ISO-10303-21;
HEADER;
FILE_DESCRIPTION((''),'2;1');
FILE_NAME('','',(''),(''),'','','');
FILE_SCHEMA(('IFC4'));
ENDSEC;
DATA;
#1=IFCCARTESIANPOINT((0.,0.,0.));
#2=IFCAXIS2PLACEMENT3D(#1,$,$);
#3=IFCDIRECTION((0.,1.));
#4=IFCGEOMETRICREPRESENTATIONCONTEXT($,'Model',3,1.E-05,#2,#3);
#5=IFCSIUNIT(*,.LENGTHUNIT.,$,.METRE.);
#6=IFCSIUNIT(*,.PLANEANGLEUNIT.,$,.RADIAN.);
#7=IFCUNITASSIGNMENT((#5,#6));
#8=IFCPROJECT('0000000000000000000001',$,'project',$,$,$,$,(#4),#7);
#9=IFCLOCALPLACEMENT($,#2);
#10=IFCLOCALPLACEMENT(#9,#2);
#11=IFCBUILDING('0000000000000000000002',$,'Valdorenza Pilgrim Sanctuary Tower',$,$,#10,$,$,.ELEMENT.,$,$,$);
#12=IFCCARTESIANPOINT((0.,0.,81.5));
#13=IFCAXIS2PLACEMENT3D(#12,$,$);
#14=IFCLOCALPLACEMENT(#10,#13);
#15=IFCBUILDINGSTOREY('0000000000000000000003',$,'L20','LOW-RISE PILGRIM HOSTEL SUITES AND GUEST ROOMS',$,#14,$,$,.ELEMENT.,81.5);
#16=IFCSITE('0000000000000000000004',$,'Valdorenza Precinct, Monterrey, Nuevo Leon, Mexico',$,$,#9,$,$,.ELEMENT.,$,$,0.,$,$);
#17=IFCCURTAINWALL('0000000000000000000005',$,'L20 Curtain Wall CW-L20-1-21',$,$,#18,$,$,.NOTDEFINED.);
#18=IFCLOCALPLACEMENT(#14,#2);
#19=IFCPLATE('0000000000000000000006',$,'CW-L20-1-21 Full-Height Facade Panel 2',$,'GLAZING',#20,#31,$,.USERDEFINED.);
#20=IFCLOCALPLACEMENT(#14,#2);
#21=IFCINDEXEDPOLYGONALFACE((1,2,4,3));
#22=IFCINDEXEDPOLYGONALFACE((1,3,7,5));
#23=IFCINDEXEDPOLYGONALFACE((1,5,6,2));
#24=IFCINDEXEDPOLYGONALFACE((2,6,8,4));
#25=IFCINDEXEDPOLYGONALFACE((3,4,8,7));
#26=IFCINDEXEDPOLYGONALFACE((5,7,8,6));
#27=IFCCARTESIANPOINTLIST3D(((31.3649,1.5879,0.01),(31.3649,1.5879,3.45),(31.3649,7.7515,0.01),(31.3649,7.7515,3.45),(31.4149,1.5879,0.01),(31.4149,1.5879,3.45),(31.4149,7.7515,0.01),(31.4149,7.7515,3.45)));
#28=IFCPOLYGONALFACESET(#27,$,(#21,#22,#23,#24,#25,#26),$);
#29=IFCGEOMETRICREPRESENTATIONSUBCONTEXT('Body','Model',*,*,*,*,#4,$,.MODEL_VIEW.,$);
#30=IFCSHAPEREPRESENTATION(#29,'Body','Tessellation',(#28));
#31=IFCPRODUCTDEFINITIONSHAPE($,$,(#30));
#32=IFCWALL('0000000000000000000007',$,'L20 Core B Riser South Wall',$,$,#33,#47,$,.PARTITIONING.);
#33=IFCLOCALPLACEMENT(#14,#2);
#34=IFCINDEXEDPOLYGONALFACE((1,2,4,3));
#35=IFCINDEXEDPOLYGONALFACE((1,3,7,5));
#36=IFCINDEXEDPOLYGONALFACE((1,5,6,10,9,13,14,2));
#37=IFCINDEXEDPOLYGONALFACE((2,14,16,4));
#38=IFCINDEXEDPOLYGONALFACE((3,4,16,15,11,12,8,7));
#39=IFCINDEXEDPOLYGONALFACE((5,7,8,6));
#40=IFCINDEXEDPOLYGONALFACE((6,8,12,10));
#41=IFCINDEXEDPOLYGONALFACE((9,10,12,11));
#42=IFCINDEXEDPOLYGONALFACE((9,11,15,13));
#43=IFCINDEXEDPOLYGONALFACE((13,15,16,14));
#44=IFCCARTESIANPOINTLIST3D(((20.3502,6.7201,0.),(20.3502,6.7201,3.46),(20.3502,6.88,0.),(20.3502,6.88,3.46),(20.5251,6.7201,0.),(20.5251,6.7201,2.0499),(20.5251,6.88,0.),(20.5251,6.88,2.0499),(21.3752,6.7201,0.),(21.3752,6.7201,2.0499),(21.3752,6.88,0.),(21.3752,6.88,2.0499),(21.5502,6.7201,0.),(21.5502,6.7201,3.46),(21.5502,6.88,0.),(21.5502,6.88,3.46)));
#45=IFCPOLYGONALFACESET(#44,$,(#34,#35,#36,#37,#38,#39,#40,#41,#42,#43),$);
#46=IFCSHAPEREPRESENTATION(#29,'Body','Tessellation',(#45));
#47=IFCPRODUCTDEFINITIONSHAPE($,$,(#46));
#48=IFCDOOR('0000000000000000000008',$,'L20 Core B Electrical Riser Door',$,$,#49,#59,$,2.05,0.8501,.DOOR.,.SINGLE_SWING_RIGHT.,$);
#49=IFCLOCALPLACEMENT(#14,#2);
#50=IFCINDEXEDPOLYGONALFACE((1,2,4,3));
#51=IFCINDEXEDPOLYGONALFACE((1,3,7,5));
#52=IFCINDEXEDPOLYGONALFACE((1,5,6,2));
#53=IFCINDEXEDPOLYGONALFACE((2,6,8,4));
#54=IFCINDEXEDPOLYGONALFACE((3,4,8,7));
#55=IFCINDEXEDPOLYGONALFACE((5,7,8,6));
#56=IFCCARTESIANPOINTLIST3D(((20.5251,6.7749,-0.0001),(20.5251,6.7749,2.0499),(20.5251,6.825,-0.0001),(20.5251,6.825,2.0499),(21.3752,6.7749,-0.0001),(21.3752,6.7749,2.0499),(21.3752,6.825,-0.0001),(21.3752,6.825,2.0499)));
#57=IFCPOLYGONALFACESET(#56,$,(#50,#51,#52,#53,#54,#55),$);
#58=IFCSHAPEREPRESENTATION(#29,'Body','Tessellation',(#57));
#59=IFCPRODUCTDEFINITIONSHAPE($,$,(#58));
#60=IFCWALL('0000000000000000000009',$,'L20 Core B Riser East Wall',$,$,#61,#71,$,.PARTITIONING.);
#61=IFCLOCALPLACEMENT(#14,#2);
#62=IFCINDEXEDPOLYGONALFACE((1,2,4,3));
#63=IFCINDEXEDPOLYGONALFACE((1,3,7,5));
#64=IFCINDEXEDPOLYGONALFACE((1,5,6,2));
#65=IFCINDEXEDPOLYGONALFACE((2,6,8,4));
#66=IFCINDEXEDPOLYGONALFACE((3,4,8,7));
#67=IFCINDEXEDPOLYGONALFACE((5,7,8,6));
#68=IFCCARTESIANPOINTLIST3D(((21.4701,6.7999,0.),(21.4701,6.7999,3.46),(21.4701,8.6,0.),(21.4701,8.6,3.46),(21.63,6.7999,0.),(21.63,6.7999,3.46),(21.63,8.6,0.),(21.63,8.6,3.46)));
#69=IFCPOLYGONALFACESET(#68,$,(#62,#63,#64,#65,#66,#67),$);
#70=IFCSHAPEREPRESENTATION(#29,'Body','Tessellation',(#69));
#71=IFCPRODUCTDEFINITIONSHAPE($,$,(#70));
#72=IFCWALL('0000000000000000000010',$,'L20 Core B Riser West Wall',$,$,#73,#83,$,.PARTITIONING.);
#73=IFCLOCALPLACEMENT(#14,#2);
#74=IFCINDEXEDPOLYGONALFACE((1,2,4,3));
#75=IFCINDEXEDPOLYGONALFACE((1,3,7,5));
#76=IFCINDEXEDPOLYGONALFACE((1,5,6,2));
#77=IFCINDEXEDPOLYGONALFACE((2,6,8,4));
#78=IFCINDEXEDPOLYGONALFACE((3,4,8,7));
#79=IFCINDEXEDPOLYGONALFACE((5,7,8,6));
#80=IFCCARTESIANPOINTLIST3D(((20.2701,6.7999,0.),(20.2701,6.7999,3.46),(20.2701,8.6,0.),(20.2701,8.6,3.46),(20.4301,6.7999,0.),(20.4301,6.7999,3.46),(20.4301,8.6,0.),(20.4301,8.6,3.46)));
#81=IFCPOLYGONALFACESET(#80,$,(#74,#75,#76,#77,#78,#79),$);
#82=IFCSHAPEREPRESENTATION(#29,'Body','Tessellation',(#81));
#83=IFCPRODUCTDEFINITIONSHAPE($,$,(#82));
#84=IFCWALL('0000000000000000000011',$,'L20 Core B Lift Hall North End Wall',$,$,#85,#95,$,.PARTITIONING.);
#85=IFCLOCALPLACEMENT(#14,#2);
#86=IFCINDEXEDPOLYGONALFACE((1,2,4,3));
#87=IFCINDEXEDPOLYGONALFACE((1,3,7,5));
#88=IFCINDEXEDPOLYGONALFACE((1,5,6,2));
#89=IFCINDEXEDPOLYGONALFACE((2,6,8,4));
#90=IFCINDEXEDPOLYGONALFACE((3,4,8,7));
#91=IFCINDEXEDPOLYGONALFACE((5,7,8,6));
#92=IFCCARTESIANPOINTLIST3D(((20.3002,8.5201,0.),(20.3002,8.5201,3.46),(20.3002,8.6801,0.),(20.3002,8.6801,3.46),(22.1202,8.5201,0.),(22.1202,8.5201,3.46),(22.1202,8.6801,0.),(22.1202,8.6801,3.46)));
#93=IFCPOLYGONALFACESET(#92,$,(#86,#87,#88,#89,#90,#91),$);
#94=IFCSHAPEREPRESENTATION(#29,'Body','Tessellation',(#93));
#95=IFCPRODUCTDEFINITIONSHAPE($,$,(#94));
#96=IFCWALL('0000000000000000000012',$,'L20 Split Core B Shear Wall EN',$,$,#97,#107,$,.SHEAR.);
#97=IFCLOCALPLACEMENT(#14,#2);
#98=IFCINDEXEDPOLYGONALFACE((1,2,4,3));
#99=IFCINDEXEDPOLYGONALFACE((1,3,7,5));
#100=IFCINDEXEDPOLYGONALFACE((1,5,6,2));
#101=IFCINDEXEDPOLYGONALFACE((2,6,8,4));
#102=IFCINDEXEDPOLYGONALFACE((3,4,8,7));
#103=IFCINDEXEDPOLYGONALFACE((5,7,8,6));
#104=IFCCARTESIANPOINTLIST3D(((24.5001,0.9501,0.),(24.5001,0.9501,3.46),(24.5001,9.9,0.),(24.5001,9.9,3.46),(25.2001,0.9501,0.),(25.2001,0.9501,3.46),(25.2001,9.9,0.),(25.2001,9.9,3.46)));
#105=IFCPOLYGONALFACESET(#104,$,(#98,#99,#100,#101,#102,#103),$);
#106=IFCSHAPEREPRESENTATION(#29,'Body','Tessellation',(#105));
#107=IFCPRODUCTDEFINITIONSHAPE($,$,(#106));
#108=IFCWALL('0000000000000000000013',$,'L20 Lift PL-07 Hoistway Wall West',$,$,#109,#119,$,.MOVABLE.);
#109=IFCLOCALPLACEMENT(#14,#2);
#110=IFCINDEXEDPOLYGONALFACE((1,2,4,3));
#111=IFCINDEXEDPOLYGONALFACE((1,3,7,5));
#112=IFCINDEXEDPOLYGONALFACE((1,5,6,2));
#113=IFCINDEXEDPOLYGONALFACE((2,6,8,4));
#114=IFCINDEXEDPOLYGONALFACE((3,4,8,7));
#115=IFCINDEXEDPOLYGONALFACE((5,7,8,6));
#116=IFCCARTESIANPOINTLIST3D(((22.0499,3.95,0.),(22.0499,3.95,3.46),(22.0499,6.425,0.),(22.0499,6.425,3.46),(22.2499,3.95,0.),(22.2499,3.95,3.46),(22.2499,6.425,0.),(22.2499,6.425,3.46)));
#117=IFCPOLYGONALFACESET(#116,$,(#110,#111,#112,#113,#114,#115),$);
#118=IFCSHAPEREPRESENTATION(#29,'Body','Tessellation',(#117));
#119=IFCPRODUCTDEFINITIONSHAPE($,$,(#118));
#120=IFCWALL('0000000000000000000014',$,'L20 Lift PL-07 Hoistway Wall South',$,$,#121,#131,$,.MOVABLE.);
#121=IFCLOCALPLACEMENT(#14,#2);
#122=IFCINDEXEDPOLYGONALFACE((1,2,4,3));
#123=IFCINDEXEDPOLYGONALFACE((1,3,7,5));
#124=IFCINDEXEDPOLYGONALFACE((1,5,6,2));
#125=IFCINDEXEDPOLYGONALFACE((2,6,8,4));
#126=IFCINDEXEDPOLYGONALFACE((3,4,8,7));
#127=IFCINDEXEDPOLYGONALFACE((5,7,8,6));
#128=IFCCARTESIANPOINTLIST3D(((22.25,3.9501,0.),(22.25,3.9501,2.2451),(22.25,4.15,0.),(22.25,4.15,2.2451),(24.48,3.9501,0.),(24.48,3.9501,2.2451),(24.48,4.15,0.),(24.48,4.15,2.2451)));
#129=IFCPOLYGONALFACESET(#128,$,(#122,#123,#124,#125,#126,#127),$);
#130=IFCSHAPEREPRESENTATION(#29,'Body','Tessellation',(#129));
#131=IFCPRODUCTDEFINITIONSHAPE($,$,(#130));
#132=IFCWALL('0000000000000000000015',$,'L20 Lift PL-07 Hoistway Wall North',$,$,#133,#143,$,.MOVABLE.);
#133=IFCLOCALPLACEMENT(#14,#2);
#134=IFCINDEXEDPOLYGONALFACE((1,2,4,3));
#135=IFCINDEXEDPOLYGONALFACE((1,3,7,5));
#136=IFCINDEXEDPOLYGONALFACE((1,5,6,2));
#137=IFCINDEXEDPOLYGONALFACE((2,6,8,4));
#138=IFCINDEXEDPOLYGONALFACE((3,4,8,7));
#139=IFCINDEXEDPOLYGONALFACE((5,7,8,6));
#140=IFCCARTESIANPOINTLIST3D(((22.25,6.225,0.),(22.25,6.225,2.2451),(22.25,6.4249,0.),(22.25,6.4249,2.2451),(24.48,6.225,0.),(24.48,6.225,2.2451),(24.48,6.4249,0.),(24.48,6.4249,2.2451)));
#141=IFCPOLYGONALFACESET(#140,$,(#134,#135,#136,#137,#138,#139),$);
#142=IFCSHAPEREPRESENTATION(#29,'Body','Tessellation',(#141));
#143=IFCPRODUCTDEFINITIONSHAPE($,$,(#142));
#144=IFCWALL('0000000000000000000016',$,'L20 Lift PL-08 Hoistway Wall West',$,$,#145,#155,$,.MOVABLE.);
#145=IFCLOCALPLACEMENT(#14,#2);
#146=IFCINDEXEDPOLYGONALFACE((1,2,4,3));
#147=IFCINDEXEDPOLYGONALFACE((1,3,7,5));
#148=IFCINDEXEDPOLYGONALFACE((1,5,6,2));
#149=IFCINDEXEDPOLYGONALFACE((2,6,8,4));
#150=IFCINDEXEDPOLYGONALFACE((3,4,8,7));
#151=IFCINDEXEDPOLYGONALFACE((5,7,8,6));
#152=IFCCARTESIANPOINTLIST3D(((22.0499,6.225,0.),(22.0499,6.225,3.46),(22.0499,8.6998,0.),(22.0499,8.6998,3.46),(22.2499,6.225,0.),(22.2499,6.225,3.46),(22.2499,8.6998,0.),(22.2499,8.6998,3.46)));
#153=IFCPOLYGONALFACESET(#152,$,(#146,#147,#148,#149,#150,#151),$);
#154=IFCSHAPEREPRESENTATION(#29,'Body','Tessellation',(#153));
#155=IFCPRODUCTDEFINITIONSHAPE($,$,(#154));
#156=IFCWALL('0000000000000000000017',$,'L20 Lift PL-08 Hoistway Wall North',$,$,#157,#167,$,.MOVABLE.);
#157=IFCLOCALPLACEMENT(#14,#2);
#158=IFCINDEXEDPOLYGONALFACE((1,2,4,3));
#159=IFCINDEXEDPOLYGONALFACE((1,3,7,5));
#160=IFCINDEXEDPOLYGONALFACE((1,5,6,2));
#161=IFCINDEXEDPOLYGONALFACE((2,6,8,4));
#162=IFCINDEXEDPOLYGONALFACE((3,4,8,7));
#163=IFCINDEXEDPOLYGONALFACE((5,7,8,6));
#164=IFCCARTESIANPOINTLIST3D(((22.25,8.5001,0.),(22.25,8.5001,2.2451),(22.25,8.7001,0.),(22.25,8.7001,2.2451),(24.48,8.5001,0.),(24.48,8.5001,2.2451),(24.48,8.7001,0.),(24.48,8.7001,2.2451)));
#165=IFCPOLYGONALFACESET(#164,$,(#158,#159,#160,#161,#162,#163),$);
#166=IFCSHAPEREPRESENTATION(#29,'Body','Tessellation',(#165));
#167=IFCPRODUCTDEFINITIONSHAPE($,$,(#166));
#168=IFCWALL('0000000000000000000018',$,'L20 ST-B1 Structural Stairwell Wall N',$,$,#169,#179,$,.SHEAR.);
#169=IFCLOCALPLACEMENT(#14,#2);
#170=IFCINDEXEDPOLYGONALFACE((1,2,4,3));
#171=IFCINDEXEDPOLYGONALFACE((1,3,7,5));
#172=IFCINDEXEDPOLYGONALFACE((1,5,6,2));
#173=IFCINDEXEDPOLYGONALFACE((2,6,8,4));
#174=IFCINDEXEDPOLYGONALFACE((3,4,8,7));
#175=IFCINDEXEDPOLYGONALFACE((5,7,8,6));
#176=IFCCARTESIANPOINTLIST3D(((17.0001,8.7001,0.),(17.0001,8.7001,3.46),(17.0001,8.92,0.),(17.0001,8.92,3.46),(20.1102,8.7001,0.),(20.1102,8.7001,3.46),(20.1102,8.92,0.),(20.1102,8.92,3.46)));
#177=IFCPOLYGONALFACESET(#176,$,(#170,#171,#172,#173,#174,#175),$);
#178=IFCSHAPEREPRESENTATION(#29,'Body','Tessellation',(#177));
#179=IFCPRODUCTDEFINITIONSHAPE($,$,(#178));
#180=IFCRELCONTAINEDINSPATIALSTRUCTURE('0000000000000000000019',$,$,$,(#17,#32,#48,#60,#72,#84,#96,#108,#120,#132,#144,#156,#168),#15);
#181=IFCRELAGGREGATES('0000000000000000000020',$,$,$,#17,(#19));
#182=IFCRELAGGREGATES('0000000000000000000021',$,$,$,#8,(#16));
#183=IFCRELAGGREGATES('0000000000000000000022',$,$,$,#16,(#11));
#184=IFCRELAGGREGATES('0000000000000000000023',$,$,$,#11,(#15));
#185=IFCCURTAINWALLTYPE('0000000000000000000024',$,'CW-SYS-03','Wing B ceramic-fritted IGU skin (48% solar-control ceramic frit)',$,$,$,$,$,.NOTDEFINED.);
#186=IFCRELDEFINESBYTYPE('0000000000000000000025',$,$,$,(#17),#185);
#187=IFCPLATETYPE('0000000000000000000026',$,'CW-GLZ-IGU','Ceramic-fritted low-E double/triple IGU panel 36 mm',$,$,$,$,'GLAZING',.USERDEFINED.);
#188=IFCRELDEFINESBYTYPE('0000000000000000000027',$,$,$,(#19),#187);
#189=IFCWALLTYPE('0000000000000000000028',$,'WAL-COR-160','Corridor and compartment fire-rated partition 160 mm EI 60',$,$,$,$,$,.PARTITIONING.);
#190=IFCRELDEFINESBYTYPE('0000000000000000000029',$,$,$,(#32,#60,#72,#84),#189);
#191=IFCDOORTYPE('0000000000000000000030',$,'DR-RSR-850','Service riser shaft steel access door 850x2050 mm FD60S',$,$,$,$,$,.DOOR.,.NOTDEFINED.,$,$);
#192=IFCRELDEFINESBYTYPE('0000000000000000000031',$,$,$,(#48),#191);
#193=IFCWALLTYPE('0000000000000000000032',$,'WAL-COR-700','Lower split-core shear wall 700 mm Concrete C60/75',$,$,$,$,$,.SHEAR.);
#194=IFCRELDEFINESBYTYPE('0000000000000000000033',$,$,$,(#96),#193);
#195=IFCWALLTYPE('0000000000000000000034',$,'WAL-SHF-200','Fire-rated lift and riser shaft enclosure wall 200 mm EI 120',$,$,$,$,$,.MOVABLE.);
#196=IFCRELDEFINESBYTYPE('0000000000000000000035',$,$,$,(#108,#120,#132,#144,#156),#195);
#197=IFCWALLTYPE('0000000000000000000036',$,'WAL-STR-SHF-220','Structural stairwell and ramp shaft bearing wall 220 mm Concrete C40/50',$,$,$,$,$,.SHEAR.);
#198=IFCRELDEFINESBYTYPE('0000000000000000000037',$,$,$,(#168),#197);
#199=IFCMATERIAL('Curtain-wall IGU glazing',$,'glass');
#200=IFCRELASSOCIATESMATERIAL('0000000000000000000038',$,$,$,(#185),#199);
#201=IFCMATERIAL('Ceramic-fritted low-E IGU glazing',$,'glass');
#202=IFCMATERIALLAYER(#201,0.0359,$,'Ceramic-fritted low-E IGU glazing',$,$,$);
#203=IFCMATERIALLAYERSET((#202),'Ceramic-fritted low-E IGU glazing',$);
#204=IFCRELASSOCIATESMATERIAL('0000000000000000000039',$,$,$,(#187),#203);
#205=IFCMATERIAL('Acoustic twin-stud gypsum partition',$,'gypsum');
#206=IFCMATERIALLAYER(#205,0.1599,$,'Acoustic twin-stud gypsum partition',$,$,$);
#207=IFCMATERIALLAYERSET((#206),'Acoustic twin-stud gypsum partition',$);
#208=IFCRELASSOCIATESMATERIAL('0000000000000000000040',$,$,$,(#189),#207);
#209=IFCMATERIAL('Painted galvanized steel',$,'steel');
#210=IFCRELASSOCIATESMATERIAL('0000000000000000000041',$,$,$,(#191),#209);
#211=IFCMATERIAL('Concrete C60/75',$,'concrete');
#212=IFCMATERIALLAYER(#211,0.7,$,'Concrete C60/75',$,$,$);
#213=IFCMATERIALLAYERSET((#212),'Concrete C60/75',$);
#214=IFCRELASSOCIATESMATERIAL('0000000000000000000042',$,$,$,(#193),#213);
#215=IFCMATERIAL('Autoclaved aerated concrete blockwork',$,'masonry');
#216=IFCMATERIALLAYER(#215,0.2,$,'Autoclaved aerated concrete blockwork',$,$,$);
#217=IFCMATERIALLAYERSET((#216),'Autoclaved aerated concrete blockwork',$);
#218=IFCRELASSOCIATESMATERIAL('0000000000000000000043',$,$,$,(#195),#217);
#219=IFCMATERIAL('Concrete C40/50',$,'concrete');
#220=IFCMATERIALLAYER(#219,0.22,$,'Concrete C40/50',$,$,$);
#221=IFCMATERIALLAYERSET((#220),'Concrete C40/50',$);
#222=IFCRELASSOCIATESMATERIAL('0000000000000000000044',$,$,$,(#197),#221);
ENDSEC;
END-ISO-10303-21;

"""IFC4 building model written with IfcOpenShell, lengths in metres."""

from ifc_helpers import new_model, si_unit, direction, frame, frame_2d, origin, origin_2d, place, context, subcontext, project, spatial, rectangle, extrude, source, transform, mapped, material, layer, layer_set, type_object, element, fill, aggregate, save


model = new_model("IFC4")

# Units and contexts
model_context = context("Model", 3, precision=1e-05, world=origin(), true_north=direction((0.0, 1.0)))
body_context = subcontext(model_context, "Body", "Model", "MODEL_VIEW")
ifc_project = project(units=[si_unit("LENGTHUNIT", "METRE"), si_unit("PLANEANGLEUNIT", "RADIAN")], contexts=[model_context])

# Site, building, storey
site_placement = place(None, origin())
site = spatial("IfcSite", under=ifc_project, at=site_placement, Name="Valdorenza Precinct, Monterrey, Nuevo Leon, Mexico", CompositionType="ELEMENT", RefElevation=0.0)
building_placement = place(site_placement, origin())
building = spatial("IfcBuilding", under=site, at=building_placement, Name="Valdorenza Pilgrim Sanctuary Tower", CompositionType="ELEMENT")
storey_placement = place(building_placement, frame((0.0, 0.0, 81.5)))
storey = spatial("IfcBuildingStorey", under=building, at=storey_placement, Name="L20", Description="LOW-RISE PILGRIM HOSTEL SUITES AND GUEST ROOMS", CompositionType="ELEMENT", Elevation=81.5)

# Curtain wall, plate
ifc_material_1 = material(Name="Curtain-wall IGU glazing", Category="glass")
curtain_wall_type = type_object("IfcCurtainWallType", Name="CW-SYS-03", Description="Wing B ceramic-fritted IGU skin (48% solar-control ceramic frit)", PredefinedType="NOTDEFINED", material=ifc_material_1)
curtain_wall_placement = place(storey_placement, origin())
curtain_wall = element("IfcCurtainWall", 1, at=curtain_wall_placement, inside=storey, type_object=curtain_wall_type, Name="L20 Curtain Wall CW-L20-1-21", PredefinedType="NOTDEFINED")
ifc_material_2 = material(Name="Ceramic-fritted low-E IGU glazing", Category="glass")
ifc_layer_1 = layer(ifc_material_2, 0.0359, Name="Ceramic-fritted low-E IGU glazing")
ifc_layer_set_1 = layer_set([ifc_layer_1], Name="Ceramic-fritted low-E IGU glazing")
plate_type = type_object("IfcPlateType", Name="CW-GLZ-IGU", Description="Ceramic-fritted low-E double/triple IGU panel 36 mm", ElementType="GLAZING", PredefinedType="USERDEFINED", material=ifc_layer_set_1)
shared_shape_1 = source(origin(), body_context, "Body", "SweptSolid", [
    extrude(rectangle(XDim=6.1636, YDim=0.05, at=origin_2d()), origin(), (0.0, 0.0, 1.0), 3.4399),
])
plate_placement = place(storey_placement, frame((31.3899, 4.6697, 0.01), z_axis=(0.0, 0.0, 1.0), x_axis=(0.0, -1.0, 0.0)))
plate = element("IfcPlate", 2, at=plate_placement, type_object=plate_type, Name="CW-L20-1-21 Full-Height Facade Panel 2", ObjectType="GLAZING", PredefinedType="USERDEFINED", context=body_context, shape_type="MappedRepresentation", body=[
    mapped(shared_shape_1, transform((0.0, 0.0, 0.0), x_axis=(1.0, 0.0, 0.0), y_axis=(0.0, 1.0, 0.0), z_axis=(0.0, 0.0, 1.0), scale=1.0)),
])
aggregate(curtain_wall, [plate])

# Wall, opening, door
ifc_material_3 = material(Name="Acoustic twin-stud gypsum partition", Category="gypsum")
ifc_layer_2 = layer(ifc_material_3, 0.1599, Name="Acoustic twin-stud gypsum partition")
ifc_layer_set_2 = layer_set([ifc_layer_2], Name="Acoustic twin-stud gypsum partition")
wall_type_1 = type_object("IfcWallType", Name="WAL-COR-160", Description="Corridor and compartment fire-rated partition 160 mm EI 60", PredefinedType="PARTITIONING", material=ifc_layer_set_2)
wall_1_placement = place(storey_placement, frame((20.3501, 6.8, 0.0), z_axis=(0.0, 0.0, 1.0), x_axis=(1.0, 0.0, 0.0)))
wall_1 = element("IfcWall", 3, at=wall_1_placement, inside=storey, type_object=wall_type_1, Name="L20 Core B Riser South Wall", PredefinedType="PARTITIONING", context=body_context, shape_type="SweptSolid", body=[
    extrude(rectangle(XDim=1.2, YDim=0.1599, at=frame_2d((0.6001, 0.0))), origin(), (0.0, 0.0, 1.0), 3.46),
])
opening_1_placement = place(wall_1_placement, frame((0.175, 0.0, 0.0)))
opening_1 = element("IfcOpeningElement", 4, at=opening_1_placement, cuts=wall_1, PredefinedType="OPENING", context=body_context, shape_type="SweptSolid", body=[
    extrude(rectangle(XDim=0.8501, YDim=2.05, at=frame_2d((0.425, 1.0249))), frame((0.0, 0.0947, 0.0), z_axis=(0.0, -1.0, 0.0), x_axis=(1.0, 0.0, 0.0)), (0.0, 0.0, 1.0), 0.1897),
])
ifc_material_4 = material(Name="Painted galvanized steel", Category="steel")
door_type_1 = type_object("IfcDoorType", Name="DR-RSR-850", Description="Service riser shaft steel access door 850x2050 mm FD60S", OperationType="NOTDEFINED", PredefinedType="DOOR", material=ifc_material_4)
door_1_placement = place(opening_1_placement, origin())
door_1 = element("IfcDoor", 5, at=door_1_placement, inside=storey, type_object=door_type_1, Name="L20 Core B Electrical Riser Door", OperationType="SINGLE_SWING_RIGHT", OverallHeight=2.05, OverallWidth=0.8501, PredefinedType="DOOR", context=body_context, shape_type="SweptSolid", body=[
    extrude(rectangle(XDim=0.8501, YDim=2.05, at=frame_2d((0.425, 1.0249))), frame((0.0, 0.0249, 0.0), z_axis=(0.0, -1.0, 0.0), x_axis=(1.0, 0.0, 0.0)), (0.0, 0.0, 1.0), 0.05),
])
fill(opening_1, door_1)

# Walls
for number, where, z_axis, x_axis, name in (
    (6, (21.55, 6.8, 0.0), (0.0, 0.0, 1.0), (0.0, 1.0, 0.0), "L20 Core B Riser East Wall"),
    (7, (20.3501, 6.8, 0.0), (0.0, 0.0, 1.0), (0.0, 1.0, 0.0), "L20 Core B Riser West Wall"),
):
    element("IfcWall", number, at=place(storey_placement, frame(where, z_axis=z_axis, x_axis=x_axis)), inside=storey, type_object=wall_type_1, Name=name, PredefinedType="PARTITIONING", context=body_context, shape_type="SweptSolid", body=[
        extrude(rectangle(XDim=1.8, YDim=0.1599, at=frame_2d((0.8999, 0.0))), origin(), (0.0, 0.0, 1.0), 3.46),
    ])
wall_2_placement = place(storey_placement, frame((20.3, 8.6001, 0.0), z_axis=(0.0, 0.0, 1.0), x_axis=(1.0, 0.0, 0.0)))
element("IfcWall", 8, at=wall_2_placement, inside=storey, type_object=wall_type_1, Name="L20 Core B Lift Hall North End Wall", PredefinedType="PARTITIONING", context=body_context, shape_type="SweptSolid", body=[
    extrude(rectangle(XDim=1.8201, YDim=0.1599, at=frame_2d((0.9102, 0.0))), origin(), (0.0, 0.0, 1.0), 3.46),
])
ifc_material_5 = material(Name="Concrete C60/75", Category="concrete")
ifc_layer_3 = layer(ifc_material_5, 0.7, Name="Concrete C60/75")
ifc_layer_set_3 = layer_set([ifc_layer_3], Name="Concrete C60/75")
wall_type_2 = type_object("IfcWallType", Name="WAL-COR-700", Description="Lower split-core shear wall 700 mm Concrete C60/75", PredefinedType="SHEAR", material=ifc_layer_set_3)
wall_3_placement = place(storey_placement, frame((24.8501, 0.95, 0.0), z_axis=(0.0, 0.0, 1.0), x_axis=(0.0, 1.0, 0.0)))
element("IfcWall", 9, at=wall_3_placement, inside=storey, type_object=wall_type_2, Name="L20 Split Core B Shear Wall EN", PredefinedType="SHEAR", context=body_context, shape_type="SweptSolid", body=[
    extrude(rectangle(XDim=8.95, YDim=0.7, at=frame_2d((4.4751, 0.0))), origin(), (0.0, 0.0, 1.0), 3.46),
])
ifc_material_6 = material(Name="Autoclaved aerated concrete blockwork", Category="masonry")
ifc_layer_4 = layer(ifc_material_6, 0.2, Name="Autoclaved aerated concrete blockwork")
ifc_layer_set_4 = layer_set([ifc_layer_4], Name="Autoclaved aerated concrete blockwork")
wall_type_3 = type_object("IfcWallType", Name="WAL-SHF-200", Description="Fire-rated lift and riser shaft enclosure wall 200 mm EI 120", PredefinedType="MOVABLE", material=ifc_layer_set_4)
wall_4_placement = place(storey_placement, frame((22.1499, 3.95, 0.0), z_axis=(0.0, 0.0, 1.0), x_axis=(0.0, 1.0, 0.0)))
element("IfcWall", 10, at=wall_4_placement, inside=storey, type_object=wall_type_3, Name="L20 Lift PL-07 Hoistway Wall West", PredefinedType="MOVABLE", context=body_context, shape_type="SweptSolid", body=[
    extrude(rectangle(XDim=2.4751, YDim=0.2, at=frame_2d((1.2375, 0.0))), origin(), (0.0, 0.0, 1.0), 3.46),
])
for number, where, z_axis, x_axis, name in (
    (11, (22.25, 4.05, 0.0), (0.0, 0.0, 1.0), (1.0, 0.0, 0.0), "L20 Lift PL-07 Hoistway Wall South"),
    (12, (22.25, 6.325, 0.0), (0.0, 0.0, 1.0), (1.0, 0.0, 0.0), "L20 Lift PL-07 Hoistway Wall North"),
):
    element("IfcWall", number, at=place(storey_placement, frame(where, z_axis=z_axis, x_axis=x_axis)), inside=storey, type_object=wall_type_3, Name=name, PredefinedType="MOVABLE", context=body_context, shape_type="SweptSolid", body=[
        extrude(rectangle(XDim=2.23, YDim=0.2, at=frame_2d((1.115, 0.0))), origin(), (0.0, 0.0, 1.0), 2.2451),
    ])
wall_5_placement = place(storey_placement, frame((22.1499, 6.2251, 0.0), z_axis=(0.0, 0.0, 1.0), x_axis=(0.0, 1.0, 0.0)))
element("IfcWall", 13, at=wall_5_placement, inside=storey, type_object=wall_type_3, Name="L20 Lift PL-08 Hoistway Wall West", PredefinedType="MOVABLE", context=body_context, shape_type="SweptSolid", body=[
    extrude(rectangle(XDim=2.4749, YDim=0.2, at=frame_2d((1.2373, 0.0))), origin(), (0.0, 0.0, 1.0), 3.46),
])
wall_6_placement = place(storey_placement, frame((22.25, 8.6001, 0.0), z_axis=(0.0, 0.0, 1.0), x_axis=(1.0, 0.0, 0.0)))
element("IfcWall", 14, at=wall_6_placement, inside=storey, type_object=wall_type_3, Name="L20 Lift PL-08 Hoistway Wall North", PredefinedType="MOVABLE", context=body_context, shape_type="SweptSolid", body=[
    extrude(rectangle(XDim=2.23, YDim=0.2, at=frame_2d((1.115, 0.0))), origin(), (0.0, 0.0, 1.0), 2.2451),
])

# Shared definitions
ifc_material_7 = material(Name="Concrete C40/50", Category="concrete")
ifc_layer_5 = layer(ifc_material_7, 0.22, Name="Concrete C40/50")
ifc_layer_set_5 = layer_set([ifc_layer_5], Name="Concrete C40/50")
wall_type_4 = type_object("IfcWallType", Name="WAL-STR-SHF-220", Description="Structural stairwell and ramp shaft bearing wall 220 mm Concrete C40/50", PredefinedType="SHEAR", material=ifc_layer_set_5)

# Wall
wall_7_placement = place(storey_placement, frame((17.0, 8.8101, 0.0), z_axis=(0.0, 0.0, 1.0), x_axis=(1.0, 0.0, 0.0)))
element("IfcWall", 15, at=wall_7_placement, inside=storey, type_object=wall_type_4, Name="L20 ST-B1 Structural Stairwell Wall N", PredefinedType="SHEAR", context=body_context, shape_type="SweptSolid", body=[
    extrude(rectangle(XDim=3.1101, YDim=0.22, at=frame_2d((1.5552, 0.0))), origin(), (0.0, 0.0, 1.0), 3.46),
])

save(model, "model.ifc")
